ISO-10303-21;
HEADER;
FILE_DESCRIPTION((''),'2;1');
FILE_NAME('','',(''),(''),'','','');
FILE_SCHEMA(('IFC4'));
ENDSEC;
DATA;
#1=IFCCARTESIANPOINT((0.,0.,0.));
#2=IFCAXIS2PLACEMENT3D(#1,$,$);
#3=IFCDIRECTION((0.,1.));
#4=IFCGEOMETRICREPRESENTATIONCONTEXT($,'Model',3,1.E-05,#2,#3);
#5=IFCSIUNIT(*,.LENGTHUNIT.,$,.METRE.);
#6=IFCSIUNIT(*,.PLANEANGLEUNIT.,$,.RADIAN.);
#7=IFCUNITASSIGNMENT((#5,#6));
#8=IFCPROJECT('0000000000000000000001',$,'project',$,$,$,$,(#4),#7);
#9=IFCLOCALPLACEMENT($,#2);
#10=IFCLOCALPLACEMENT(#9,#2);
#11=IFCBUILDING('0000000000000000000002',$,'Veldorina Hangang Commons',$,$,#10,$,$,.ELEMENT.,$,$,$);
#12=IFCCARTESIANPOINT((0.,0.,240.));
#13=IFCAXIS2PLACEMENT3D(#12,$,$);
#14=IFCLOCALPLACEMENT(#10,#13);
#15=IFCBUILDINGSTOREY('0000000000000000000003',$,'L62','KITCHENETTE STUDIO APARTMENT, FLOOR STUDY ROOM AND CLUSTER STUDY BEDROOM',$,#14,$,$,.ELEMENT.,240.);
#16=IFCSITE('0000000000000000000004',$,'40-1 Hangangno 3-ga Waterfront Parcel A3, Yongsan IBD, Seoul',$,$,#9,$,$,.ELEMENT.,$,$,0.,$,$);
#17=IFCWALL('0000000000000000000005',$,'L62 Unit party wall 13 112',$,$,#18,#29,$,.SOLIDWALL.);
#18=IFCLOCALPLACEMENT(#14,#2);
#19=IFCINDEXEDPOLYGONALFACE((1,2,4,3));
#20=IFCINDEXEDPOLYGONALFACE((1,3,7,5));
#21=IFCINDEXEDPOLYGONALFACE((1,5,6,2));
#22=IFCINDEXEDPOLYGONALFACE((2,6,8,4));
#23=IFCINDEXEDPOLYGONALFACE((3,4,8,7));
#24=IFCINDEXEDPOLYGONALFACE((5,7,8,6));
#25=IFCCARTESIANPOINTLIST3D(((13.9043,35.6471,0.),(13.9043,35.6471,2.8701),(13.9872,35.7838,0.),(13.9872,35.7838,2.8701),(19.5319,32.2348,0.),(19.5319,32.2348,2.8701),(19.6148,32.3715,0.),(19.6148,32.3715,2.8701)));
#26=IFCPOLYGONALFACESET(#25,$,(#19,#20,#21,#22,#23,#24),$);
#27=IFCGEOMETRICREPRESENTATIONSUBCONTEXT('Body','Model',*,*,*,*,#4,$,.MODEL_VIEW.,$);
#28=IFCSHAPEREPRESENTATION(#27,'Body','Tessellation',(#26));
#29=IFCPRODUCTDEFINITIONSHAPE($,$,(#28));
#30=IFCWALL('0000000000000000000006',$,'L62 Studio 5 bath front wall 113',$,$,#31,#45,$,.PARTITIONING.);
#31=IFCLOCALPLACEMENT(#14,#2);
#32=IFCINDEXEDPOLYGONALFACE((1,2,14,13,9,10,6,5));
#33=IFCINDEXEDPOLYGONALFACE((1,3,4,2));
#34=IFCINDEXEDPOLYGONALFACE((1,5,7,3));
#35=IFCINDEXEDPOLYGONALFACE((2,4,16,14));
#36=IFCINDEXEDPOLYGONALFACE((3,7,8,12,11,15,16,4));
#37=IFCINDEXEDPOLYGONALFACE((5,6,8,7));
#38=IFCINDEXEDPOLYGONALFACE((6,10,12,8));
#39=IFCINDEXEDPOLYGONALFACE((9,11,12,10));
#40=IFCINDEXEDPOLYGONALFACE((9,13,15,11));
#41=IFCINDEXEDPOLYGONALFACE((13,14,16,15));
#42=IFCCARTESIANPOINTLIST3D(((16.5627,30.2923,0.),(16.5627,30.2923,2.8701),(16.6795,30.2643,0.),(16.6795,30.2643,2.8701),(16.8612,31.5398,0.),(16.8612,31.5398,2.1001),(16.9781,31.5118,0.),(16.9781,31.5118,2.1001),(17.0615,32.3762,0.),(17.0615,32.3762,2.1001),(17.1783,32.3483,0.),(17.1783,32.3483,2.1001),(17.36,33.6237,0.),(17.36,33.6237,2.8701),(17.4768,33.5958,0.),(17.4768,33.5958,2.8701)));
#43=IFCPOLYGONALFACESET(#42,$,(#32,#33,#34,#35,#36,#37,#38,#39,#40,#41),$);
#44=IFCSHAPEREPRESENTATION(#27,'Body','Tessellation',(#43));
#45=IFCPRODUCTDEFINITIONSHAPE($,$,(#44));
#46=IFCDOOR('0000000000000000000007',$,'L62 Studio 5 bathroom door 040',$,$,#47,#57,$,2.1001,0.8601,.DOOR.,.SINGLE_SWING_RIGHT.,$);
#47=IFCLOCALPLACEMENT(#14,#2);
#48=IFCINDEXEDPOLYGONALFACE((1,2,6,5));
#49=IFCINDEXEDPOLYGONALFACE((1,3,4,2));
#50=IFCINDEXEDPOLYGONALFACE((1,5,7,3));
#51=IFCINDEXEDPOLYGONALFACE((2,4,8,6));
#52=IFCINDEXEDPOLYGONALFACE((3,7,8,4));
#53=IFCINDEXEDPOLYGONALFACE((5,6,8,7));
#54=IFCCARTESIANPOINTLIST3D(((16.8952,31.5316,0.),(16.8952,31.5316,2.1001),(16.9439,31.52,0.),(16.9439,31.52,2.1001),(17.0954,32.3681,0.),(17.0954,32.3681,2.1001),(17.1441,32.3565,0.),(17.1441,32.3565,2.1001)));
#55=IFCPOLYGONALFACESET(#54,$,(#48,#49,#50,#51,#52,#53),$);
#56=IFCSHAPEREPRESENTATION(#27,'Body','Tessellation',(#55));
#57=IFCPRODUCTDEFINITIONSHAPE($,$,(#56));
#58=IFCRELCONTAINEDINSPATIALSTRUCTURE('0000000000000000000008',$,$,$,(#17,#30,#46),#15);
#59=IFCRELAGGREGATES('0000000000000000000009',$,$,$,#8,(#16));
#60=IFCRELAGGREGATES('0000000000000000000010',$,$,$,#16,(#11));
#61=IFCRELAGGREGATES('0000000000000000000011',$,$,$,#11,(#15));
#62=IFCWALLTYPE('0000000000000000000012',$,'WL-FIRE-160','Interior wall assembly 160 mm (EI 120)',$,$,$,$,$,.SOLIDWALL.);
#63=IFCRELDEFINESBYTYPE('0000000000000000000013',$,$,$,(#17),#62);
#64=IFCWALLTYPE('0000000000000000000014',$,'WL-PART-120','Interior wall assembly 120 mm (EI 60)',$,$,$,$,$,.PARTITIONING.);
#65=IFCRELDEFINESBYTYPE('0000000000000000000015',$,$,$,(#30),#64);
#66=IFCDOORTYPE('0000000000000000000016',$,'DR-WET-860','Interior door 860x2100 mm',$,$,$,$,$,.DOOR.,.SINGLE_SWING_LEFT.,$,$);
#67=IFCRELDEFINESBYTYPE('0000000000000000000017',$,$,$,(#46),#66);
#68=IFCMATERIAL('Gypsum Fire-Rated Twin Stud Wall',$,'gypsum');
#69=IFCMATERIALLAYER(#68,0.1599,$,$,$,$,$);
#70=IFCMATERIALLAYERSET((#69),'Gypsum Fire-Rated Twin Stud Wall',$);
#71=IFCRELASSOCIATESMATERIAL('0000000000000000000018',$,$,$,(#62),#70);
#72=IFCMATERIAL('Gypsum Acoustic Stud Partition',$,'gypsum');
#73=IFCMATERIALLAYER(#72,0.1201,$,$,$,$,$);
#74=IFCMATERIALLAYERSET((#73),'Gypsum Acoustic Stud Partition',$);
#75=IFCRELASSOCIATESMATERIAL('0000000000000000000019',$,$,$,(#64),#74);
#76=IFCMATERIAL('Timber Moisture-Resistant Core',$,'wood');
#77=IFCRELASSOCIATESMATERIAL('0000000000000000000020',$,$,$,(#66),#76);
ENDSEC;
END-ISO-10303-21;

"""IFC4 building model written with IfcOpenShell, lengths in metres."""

from ifc_helpers import new_model, si_unit, direction, frame, frame_2d, origin, place, context, subcontext, project, spatial, rectangle, extrude, material, layer, layer_set, type_object, element, fill, save


model = new_model("IFC4")

# Units and contexts
model_context = context("Model", 3, precision=1e-05, world=origin(), true_north=direction((0.0, 1.0)))
body_context = subcontext(model_context, "Body", "Model", "MODEL_VIEW")
ifc_project = project(units=[si_unit("LENGTHUNIT", "METRE"), si_unit("PLANEANGLEUNIT", "RADIAN")], contexts=[model_context])

# Site, building, storey
site_placement = place(None, origin())
site = spatial("IfcSite", under=ifc_project, at=site_placement, Name="40-1 Hangangno 3-ga Waterfront Parcel A3, Yongsan IBD, Seoul", CompositionType="ELEMENT", RefElevation=0.0)
building_placement = place(site_placement, origin())
building = spatial("IfcBuilding", under=site, at=building_placement, Name="Veldorina Hangang Commons", CompositionType="ELEMENT")
storey_placement = place(building_placement, frame((0.0, 0.0, 240.0)))
storey = spatial("IfcBuildingStorey", under=building, at=storey_placement, Name="L62", Description="KITCHENETTE STUDIO APARTMENT, FLOOR STUDY ROOM AND CLUSTER STUDY BEDROOM", CompositionType="ELEMENT", Elevation=240.0)

# Wall
ifc_material_1 = material(Name="Gypsum Fire-Rated Twin Stud Wall", Category="gypsum")
ifc_layer_1 = layer(ifc_material_1, 0.1599)
ifc_layer_set_1 = layer_set([ifc_layer_1], Name="Gypsum Fire-Rated Twin Stud Wall")
wall_type_1 = type_object("IfcWallType", Name="WL-FIRE-160", Description="Interior wall assembly 160 mm (EI 120)", PredefinedType="SOLIDWALL", material=ifc_layer_set_1)
wall_1_placement = place(storey_placement, frame((19.5732, 32.3032, 0.0), z_axis=(0.0, 0.0, 1.0), x_axis=(-0.855088, 0.518483, 0.0)))
element("IfcWall", 1, at=wall_1_placement, inside=storey, type_object=wall_type_1, Name="L62 Unit party wall 13 112", PredefinedType="SOLIDWALL", context=body_context, shape_type="SweptSolid", body=[
    extrude(rectangle(XDim=6.5813, YDim=0.1599, at=frame_2d((3.2905, 0.0))), origin(), (0.0, 0.0, 1.0), 2.8701),
])

# Wall, opening, door
ifc_material_2 = material(Name="Gypsum Acoustic Stud Partition", Category="gypsum")
ifc_layer_2 = layer(ifc_material_2, 0.1201)
ifc_layer_set_2 = layer_set([ifc_layer_2], Name="Gypsum Acoustic Stud Partition")
wall_type_2 = type_object("IfcWallType", Name="WL-PART-120", Description="Interior wall assembly 120 mm (EI 60)", PredefinedType="PARTITIONING", material=ifc_layer_set_2)
wall_2_placement = place(storey_placement, frame((17.4185, 33.6099, 0.0), z_axis=(0.0, 0.0, 1.0), x_axis=(-0.232764, -0.972533, 0.0)))
wall_2 = element("IfcWall", 2, at=wall_2_placement, inside=storey, type_object=wall_type_2, Name="L62 Studio 5 bath front wall 113", PredefinedType="PARTITIONING", context=body_context, shape_type="SweptSolid", body=[
    extrude(rectangle(XDim=3.4255, YDim=0.1201, at=frame_2d((1.7129, 0.0))), origin(), (0.0, 0.0, 1.0), 2.8701),
])
opening_1_placement = place(wall_2_placement, frame((1.2827, 0.0, 0.0)))
opening_1 = element("IfcOpeningElement", 3, at=opening_1_placement, cuts=wall_2, PredefinedType="OPENING", context=body_context, shape_type="SweptSolid", body=[
    extrude(rectangle(XDim=0.8601, YDim=2.1001, at=frame_2d((0.4302, 1.05))), frame((0.0, 0.0701, 0.0), z_axis=(0.0, -1.0, 0.0), x_axis=(1.0, 0.0, 0.0)), (0.0, 0.0, 1.0), 0.1401),
])
ifc_material_3 = material(Name="Timber Moisture-Resistant Core", Category="wood")
door_type = type_object("IfcDoorType", Name="DR-WET-860", Description="Interior door 860x2100 mm", OperationType="SINGLE_SWING_LEFT", PredefinedType="DOOR", material=ifc_material_3)
door_placement = place(opening_1_placement, origin())
door = element("IfcDoor", 4, at=door_placement, inside=storey, type_object=door_type, Name="L62 Studio 5 bathroom door 040", OperationType="SINGLE_SWING_RIGHT", OverallHeight=2.1001, OverallWidth=0.8601, PredefinedType="DOOR", context=body_context, shape_type="SweptSolid", body=[
    extrude(rectangle(XDim=0.8601, YDim=2.1001, at=frame_2d((0.4302, 1.05))), frame((0.0, 0.0249, 0.0), z_axis=(0.0, -1.0, 0.0), x_axis=(1.0, 0.0, 0.0)), (0.0, 0.0, 1.0), 0.05),
])
fill(opening_1, door)

save(model, "model.ifc")
